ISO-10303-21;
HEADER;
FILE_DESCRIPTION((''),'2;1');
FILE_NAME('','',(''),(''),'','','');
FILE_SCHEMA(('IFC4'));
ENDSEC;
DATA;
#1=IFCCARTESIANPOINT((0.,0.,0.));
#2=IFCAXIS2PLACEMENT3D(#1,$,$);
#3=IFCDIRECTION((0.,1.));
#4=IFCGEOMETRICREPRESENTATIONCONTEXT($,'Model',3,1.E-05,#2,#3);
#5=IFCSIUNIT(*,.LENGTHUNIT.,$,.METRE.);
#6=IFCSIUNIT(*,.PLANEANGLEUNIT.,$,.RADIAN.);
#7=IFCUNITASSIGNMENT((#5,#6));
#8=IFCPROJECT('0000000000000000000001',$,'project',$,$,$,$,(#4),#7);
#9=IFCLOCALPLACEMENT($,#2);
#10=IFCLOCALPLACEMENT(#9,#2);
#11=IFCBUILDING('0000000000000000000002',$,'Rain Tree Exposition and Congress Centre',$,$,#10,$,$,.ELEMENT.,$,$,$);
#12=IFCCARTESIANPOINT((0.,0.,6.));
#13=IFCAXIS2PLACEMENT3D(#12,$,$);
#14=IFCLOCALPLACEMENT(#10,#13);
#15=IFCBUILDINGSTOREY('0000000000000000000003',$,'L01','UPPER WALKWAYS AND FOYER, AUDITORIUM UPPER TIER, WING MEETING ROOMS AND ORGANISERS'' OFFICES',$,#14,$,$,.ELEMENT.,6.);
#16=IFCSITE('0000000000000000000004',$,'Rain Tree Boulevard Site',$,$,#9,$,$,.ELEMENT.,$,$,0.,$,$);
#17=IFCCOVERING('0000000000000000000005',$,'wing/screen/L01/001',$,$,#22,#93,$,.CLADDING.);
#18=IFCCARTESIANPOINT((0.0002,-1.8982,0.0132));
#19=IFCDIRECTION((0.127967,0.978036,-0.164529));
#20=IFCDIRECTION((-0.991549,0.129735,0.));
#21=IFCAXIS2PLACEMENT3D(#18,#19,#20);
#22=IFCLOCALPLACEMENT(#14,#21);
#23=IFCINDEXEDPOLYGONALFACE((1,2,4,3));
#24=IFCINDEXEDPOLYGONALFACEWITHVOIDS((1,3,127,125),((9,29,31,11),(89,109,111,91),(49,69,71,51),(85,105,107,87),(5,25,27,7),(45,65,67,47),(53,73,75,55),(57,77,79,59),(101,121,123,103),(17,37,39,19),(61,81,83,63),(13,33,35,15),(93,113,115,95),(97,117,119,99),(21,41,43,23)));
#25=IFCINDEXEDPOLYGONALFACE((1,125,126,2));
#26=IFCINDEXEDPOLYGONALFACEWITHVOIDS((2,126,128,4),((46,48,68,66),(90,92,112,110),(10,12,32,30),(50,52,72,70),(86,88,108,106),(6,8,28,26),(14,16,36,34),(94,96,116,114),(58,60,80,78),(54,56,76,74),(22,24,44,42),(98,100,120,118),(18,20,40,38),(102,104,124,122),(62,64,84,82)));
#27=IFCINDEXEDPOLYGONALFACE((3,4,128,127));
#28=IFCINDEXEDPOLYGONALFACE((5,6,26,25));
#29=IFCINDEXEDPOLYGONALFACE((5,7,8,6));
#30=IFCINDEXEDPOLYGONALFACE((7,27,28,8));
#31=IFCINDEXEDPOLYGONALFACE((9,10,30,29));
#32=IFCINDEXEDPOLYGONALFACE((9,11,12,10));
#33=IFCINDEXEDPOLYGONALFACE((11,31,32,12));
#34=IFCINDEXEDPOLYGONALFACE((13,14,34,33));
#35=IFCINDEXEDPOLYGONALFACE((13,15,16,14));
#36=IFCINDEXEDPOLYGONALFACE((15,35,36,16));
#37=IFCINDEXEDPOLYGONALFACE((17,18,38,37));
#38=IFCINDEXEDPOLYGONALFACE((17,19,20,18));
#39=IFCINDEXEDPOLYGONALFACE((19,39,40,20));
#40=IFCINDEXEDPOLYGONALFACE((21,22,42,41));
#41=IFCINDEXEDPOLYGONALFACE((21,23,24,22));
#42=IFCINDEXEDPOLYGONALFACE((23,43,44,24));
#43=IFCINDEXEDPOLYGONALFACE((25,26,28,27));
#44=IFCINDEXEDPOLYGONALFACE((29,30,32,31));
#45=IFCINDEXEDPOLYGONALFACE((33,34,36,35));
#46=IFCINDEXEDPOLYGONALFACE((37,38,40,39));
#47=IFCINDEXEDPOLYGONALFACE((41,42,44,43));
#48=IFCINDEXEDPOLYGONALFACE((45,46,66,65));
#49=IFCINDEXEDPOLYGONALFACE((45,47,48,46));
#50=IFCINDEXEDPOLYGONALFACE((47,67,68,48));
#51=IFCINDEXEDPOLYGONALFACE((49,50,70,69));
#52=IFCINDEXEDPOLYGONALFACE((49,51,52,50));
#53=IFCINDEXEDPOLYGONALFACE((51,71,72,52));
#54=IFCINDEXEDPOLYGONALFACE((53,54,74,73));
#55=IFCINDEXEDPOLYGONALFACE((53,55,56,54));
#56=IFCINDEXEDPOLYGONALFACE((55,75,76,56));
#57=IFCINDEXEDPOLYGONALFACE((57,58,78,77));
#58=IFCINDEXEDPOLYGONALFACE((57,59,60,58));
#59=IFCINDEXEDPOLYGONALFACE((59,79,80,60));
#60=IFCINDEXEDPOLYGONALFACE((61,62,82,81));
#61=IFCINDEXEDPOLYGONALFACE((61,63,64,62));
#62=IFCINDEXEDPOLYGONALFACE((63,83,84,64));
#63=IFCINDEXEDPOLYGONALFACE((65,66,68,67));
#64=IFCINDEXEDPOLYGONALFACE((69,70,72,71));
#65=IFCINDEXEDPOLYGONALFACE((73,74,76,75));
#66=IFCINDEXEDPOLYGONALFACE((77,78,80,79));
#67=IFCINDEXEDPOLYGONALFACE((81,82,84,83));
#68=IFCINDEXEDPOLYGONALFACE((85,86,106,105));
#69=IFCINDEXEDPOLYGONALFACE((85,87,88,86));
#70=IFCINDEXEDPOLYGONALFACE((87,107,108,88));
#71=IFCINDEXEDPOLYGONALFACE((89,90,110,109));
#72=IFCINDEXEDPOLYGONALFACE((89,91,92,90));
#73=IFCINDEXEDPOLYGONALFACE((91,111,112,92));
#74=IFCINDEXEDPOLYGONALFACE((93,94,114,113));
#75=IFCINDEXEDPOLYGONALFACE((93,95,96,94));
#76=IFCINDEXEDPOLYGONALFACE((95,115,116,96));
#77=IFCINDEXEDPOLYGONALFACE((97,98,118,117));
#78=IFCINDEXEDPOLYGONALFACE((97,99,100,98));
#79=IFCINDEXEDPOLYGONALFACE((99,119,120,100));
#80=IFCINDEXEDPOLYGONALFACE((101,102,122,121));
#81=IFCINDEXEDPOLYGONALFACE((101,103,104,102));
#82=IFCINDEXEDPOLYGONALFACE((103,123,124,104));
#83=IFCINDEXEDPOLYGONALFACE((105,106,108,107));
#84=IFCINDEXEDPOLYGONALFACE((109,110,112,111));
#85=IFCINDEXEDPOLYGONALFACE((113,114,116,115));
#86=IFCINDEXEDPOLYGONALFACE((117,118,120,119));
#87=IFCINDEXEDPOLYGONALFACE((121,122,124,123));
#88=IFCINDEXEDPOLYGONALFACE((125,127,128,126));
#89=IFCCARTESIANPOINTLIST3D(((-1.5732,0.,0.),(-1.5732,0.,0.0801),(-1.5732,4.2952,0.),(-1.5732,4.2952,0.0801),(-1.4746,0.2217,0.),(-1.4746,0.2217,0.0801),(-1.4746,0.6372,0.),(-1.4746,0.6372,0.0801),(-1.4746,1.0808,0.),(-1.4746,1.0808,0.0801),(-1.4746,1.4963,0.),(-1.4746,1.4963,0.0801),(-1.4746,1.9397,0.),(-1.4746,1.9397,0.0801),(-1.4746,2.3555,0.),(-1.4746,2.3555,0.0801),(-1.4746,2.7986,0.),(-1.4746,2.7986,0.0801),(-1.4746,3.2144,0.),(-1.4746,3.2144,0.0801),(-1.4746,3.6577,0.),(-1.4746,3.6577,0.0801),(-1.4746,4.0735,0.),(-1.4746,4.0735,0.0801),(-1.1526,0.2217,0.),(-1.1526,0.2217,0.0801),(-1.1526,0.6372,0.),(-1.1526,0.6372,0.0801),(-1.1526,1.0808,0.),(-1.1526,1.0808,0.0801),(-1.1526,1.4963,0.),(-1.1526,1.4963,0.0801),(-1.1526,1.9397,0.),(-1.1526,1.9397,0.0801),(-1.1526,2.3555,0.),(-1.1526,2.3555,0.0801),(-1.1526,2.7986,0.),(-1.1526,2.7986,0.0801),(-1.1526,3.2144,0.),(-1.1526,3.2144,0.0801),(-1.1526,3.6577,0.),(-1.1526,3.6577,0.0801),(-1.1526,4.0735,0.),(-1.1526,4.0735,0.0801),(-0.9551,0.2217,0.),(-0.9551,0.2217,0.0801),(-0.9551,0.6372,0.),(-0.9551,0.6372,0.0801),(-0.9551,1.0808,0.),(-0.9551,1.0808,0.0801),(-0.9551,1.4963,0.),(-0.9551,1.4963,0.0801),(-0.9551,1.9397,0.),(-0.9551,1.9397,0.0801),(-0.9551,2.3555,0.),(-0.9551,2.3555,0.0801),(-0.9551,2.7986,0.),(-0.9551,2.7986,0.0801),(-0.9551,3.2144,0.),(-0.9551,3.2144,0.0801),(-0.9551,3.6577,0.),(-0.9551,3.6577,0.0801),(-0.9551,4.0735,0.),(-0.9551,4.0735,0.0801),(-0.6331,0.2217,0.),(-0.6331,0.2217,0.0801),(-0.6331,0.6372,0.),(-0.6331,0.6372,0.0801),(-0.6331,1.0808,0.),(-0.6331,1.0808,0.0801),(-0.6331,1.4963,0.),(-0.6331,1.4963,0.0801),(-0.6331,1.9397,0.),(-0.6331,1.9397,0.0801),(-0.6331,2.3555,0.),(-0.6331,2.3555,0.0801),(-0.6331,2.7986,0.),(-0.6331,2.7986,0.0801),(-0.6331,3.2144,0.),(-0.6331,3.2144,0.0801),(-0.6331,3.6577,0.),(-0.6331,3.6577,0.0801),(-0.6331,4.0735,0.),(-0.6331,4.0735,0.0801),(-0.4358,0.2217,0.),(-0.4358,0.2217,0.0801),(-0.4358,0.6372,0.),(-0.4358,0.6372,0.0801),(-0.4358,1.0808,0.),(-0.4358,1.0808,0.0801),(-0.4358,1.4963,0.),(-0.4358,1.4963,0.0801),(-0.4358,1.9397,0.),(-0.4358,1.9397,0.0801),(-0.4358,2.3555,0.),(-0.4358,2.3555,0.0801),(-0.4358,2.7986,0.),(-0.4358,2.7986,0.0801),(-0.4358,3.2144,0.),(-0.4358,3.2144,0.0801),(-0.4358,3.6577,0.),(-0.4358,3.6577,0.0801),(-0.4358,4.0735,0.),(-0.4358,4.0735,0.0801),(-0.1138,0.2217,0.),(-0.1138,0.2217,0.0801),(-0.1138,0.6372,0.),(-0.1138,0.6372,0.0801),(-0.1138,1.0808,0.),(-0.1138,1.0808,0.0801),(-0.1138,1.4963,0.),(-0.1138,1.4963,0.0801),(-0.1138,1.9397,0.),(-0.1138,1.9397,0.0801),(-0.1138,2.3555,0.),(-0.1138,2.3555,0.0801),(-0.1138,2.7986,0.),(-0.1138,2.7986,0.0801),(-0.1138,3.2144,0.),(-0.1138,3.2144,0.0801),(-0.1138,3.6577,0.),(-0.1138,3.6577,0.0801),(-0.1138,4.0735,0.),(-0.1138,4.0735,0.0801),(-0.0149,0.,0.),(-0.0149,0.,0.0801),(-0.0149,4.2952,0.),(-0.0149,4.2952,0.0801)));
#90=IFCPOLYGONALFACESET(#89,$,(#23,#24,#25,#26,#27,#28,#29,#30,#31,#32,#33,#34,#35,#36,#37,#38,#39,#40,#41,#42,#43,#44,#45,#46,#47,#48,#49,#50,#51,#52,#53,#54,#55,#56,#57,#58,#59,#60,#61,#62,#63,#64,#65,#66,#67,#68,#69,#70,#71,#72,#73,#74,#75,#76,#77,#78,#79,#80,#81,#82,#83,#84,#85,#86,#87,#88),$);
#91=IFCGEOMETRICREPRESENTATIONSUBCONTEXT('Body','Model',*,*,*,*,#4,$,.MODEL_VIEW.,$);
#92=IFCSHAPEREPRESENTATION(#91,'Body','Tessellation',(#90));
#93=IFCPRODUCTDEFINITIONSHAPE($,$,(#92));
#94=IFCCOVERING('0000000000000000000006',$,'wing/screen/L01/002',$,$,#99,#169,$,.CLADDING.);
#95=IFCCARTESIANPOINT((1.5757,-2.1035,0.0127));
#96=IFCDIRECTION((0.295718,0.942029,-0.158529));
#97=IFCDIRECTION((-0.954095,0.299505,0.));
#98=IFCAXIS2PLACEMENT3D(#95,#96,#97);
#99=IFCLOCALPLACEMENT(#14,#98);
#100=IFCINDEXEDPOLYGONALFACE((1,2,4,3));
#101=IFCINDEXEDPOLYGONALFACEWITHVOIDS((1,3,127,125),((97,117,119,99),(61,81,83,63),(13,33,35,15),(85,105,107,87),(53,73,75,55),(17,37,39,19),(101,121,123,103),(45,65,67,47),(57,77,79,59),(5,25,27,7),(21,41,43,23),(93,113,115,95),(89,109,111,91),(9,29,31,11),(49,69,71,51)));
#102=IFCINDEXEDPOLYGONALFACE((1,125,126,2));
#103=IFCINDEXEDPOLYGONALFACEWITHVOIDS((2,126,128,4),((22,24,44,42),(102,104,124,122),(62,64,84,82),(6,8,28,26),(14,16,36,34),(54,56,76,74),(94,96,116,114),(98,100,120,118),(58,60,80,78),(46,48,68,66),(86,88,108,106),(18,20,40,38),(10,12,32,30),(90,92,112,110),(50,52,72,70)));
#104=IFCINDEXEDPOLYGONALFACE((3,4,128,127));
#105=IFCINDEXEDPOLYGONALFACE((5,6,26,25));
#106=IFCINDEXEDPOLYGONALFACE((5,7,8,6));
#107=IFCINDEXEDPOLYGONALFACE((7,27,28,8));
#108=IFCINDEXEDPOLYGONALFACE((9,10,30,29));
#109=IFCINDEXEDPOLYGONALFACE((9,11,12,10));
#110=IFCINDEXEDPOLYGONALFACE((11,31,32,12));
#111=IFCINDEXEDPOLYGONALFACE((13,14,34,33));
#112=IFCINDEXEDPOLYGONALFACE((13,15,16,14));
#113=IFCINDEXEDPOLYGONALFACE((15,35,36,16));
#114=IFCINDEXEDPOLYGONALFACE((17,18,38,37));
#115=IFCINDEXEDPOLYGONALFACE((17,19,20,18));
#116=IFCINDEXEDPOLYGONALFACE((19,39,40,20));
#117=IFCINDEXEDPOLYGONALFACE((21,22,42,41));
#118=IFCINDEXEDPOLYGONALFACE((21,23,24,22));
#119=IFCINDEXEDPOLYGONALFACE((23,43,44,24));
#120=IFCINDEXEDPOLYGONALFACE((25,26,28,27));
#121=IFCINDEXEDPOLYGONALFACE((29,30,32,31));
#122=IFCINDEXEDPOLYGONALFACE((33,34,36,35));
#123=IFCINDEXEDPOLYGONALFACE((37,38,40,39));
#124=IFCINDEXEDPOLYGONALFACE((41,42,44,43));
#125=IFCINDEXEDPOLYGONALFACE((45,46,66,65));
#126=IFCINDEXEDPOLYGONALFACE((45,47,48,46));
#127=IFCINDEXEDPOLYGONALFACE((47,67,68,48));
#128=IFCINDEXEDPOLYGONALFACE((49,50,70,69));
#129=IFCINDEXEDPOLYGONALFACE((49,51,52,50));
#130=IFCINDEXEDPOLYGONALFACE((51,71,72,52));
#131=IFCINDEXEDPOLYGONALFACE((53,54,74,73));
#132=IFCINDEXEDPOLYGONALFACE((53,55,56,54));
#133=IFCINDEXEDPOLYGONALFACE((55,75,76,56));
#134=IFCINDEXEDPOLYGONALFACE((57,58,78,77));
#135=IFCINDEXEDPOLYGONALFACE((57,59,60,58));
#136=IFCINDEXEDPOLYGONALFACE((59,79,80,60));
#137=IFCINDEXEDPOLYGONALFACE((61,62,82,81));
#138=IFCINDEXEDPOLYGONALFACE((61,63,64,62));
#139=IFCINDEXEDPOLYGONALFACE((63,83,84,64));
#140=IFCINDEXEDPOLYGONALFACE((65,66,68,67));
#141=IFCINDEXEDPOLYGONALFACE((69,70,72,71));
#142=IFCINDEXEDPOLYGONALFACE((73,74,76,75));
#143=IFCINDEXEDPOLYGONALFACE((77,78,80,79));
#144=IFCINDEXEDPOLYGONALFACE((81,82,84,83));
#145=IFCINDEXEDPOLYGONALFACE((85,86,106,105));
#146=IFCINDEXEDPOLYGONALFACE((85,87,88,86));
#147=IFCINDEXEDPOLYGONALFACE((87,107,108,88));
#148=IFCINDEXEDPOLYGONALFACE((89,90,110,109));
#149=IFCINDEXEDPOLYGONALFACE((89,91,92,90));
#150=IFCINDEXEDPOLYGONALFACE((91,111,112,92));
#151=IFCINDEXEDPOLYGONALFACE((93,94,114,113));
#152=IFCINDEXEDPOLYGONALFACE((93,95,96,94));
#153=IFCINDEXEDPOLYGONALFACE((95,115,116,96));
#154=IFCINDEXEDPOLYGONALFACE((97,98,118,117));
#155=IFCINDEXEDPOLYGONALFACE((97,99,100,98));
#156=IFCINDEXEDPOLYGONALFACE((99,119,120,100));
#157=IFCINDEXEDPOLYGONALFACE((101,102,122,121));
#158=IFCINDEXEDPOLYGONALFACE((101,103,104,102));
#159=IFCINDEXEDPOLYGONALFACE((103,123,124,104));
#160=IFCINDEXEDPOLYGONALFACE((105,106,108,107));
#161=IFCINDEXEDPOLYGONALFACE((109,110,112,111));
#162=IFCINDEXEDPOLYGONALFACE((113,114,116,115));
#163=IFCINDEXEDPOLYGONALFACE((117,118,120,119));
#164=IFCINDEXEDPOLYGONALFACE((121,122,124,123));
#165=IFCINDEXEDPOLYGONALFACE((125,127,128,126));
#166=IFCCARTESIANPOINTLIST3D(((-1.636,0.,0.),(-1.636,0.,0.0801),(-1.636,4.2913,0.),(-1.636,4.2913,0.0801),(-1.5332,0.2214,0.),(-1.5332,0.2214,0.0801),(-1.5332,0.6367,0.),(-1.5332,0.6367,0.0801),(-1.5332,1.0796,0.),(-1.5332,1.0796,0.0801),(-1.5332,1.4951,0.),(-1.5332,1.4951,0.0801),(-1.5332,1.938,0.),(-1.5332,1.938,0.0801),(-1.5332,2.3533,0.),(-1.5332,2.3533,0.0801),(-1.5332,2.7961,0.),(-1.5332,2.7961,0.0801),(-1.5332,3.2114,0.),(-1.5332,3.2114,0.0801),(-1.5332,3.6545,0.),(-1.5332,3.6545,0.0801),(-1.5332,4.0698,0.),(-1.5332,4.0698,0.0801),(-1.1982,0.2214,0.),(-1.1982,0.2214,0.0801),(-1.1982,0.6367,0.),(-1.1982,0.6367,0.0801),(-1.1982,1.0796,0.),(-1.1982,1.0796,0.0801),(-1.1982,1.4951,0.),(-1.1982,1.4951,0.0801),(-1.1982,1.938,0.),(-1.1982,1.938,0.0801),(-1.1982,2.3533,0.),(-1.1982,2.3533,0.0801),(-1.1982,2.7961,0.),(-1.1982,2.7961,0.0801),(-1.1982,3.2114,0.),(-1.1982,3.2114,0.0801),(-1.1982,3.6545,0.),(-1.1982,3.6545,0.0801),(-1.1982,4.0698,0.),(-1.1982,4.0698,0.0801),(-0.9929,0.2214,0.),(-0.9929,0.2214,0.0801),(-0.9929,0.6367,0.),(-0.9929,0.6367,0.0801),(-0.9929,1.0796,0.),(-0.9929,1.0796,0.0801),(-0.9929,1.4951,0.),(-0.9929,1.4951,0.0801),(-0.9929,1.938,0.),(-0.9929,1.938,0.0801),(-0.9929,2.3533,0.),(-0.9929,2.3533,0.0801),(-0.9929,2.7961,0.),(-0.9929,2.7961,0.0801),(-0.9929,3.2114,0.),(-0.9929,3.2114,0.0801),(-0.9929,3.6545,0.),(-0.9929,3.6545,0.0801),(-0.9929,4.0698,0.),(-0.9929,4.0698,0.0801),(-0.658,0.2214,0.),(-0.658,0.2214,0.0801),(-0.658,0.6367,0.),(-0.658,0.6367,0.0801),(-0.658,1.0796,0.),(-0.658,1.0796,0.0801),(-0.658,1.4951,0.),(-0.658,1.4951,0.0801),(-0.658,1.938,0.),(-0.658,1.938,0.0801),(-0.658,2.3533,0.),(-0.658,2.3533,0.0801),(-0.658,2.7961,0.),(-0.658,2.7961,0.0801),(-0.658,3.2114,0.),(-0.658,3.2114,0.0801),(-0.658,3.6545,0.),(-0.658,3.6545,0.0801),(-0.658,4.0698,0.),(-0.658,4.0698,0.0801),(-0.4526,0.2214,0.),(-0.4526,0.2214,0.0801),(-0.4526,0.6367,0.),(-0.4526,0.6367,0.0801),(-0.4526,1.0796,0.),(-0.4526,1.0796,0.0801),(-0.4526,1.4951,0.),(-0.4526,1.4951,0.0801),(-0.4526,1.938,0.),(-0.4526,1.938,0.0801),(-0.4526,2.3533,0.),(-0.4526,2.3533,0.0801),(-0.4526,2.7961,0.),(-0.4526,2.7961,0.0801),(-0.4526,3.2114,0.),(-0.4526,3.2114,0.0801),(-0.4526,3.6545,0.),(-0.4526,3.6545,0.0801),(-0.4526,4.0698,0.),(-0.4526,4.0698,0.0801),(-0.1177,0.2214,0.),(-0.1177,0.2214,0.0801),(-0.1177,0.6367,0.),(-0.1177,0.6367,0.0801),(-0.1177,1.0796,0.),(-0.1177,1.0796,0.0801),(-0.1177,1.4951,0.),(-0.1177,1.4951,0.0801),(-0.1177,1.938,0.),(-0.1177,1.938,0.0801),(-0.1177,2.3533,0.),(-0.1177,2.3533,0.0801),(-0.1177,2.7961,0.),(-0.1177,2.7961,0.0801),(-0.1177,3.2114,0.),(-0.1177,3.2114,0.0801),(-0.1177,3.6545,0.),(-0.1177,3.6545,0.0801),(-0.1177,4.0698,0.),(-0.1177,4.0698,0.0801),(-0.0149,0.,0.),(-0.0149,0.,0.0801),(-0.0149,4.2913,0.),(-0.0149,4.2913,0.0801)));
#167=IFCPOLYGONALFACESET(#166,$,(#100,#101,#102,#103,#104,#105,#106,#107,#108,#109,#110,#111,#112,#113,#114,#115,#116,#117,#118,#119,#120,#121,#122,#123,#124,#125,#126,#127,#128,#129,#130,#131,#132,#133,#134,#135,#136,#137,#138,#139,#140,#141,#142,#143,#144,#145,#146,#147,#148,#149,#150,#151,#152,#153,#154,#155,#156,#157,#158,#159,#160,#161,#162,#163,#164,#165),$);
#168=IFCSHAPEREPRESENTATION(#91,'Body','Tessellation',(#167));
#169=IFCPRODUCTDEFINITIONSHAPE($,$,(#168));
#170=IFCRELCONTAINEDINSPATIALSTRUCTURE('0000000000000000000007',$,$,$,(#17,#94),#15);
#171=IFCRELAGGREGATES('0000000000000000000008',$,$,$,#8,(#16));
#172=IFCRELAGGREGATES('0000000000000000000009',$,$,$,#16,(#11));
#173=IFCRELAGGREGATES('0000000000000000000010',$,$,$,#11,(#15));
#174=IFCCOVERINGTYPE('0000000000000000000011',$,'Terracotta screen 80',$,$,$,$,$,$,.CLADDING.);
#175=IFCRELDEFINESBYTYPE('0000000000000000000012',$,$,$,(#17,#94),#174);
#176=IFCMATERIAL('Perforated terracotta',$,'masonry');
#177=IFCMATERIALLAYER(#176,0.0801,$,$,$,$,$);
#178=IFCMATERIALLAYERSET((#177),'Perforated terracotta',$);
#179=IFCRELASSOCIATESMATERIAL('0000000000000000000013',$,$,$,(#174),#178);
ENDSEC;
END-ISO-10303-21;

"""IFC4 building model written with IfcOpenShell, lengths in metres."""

from ifc_helpers import new_model, si_unit, direction, frame, origin, place, context, subcontext, project, spatial, polyline, outline, extrude, material, layer, layer_set, type_object, element, save


model = new_model("IFC4")

# Units and contexts
model_context = context("Model", 3, precision=1e-05, world=origin(), true_north=direction((0.0, 1.0)))
body_context = subcontext(model_context, "Body", "Model", "MODEL_VIEW")
ifc_project = project(units=[si_unit("LENGTHUNIT", "METRE"), si_unit("PLANEANGLEUNIT", "RADIAN")], contexts=[model_context])

# Site, building, storey
site_placement = place(None, origin())
site = spatial("IfcSite", under=ifc_project, at=site_placement, Name="Rain Tree Boulevard Site", CompositionType="ELEMENT", RefElevation=0.0)
building_placement = place(site_placement, origin())
building = spatial("IfcBuilding", under=site, at=building_placement, Name="Rain Tree Exposition and Congress Centre", CompositionType="ELEMENT")
storey_placement = place(building_placement, frame((0.0, 0.0, 6.0)))
storey = spatial("IfcBuildingStorey", under=building, at=storey_placement, Name="L01", Description="UPPER WALKWAYS AND FOYER, AUDITORIUM UPPER TIER, WING MEETING ROOMS AND ORGANISERS' OFFICES", CompositionType="ELEMENT", Elevation=6.0)

# Coverings
ifc_material_1 = material(Name="Perforated terracotta", Category="masonry")
ifc_layer_1 = layer(ifc_material_1, 0.0801)
ifc_layer_set_1 = layer_set([ifc_layer_1], Name="Perforated terracotta")
covering_type = type_object("IfcCoveringType", Name="Terracotta screen 80", PredefinedType="CLADDING", material=ifc_layer_set_1)
covering_1_placement = place(storey_placement, frame((0.0002, -1.8982, 0.0132), z_axis=(0.127967, 0.978036, -0.164529), x_axis=(-0.991549, 0.129735, 0.0)))
element("IfcCovering", 1, at=covering_1_placement, inside=storey, type_object=covering_type, Name="wing/screen/L01/001", PredefinedType="CLADDING", context=body_context, shape_type="SweptSolid", body=[
    extrude(outline(polyline([(-1.5732, 0.0), (-1.5732, 4.2952), (-0.0149, 4.2952), (-0.0149, 0.0), (-1.5732, 0.0)]), holes=[polyline([(-0.1138, 0.2217), (-0.1138, 0.6372), (-0.4358, 0.6372), (-0.4358, 0.2217), (-0.1138, 0.2217)]), polyline([(-0.1138, 1.0808), (-0.1138, 1.4963), (-0.4358, 1.4963), (-0.4358, 1.0808), (-0.1138, 1.0808)]), polyline([(-0.1138, 1.9397), (-0.1138, 2.3555), (-0.4358, 2.3555), (-0.4358, 1.9397), (-0.1138, 1.9397)]), polyline([(-0.1138, 2.7986), (-0.1138, 3.2144), (-0.4358, 3.2144), (-0.4358, 2.7986), (-0.1138, 2.7986)]), polyline([(-0.1138, 3.6577), (-0.1138, 4.0735), (-0.4358, 4.0735), (-0.4358, 3.6577), (-0.1138, 3.6577)]), polyline([(-0.6331, 0.2217), (-0.6331, 0.6372), (-0.9551, 0.6372), (-0.9551, 0.2217), (-0.6331, 0.2217)]), polyline([(-0.6331, 1.0808), (-0.6331, 1.4963), (-0.9551, 1.4963), (-0.9551, 1.0808), (-0.6331, 1.0808)]), polyline([(-0.6331, 1.9397), (-0.6331, 2.3555), (-0.9551, 2.3555), (-0.9551, 1.9397), (-0.6331, 1.9397)]), polyline([(-0.6331, 2.7986), (-0.6331, 3.2144), (-0.9551, 3.2144), (-0.9551, 2.7986), (-0.6331, 2.7986)]), polyline([(-0.6331, 3.6577), (-0.6331, 4.0735), (-0.9551, 4.0735), (-0.9551, 3.6577), (-0.6331, 3.6577)]), polyline([(-1.1526, 0.2217), (-1.1526, 0.6372), (-1.4746, 0.6372), (-1.4746, 0.2217), (-1.1526, 0.2217)]), polyline([(-1.1526, 1.0808), (-1.1526, 1.4963), (-1.4746, 1.4963), (-1.4746, 1.0808), (-1.1526, 1.0808)]), polyline([(-1.1526, 1.9397), (-1.1526, 2.3555), (-1.4746, 2.3555), (-1.4746, 1.9397), (-1.1526, 1.9397)]), polyline([(-1.1526, 2.7986), (-1.1526, 3.2144), (-1.4746, 3.2144), (-1.4746, 2.7986), (-1.1526, 2.7986)]), polyline([(-1.1526, 3.6577), (-1.1526, 4.0735), (-1.4746, 4.0735), (-1.4746, 3.6577), (-1.1526, 3.6577)])]), origin(), (0.0, 0.0, 1.0), 0.0801),
])
covering_2_placement = place(storey_placement, frame((1.5757, -2.1035, 0.0127), z_axis=(0.295718, 0.942029, -0.158529), x_axis=(-0.954095, 0.299505, 0.0)))
element("IfcCovering", 2, at=covering_2_placement, inside=storey, type_object=covering_type, Name="wing/screen/L01/002", PredefinedType="CLADDING", context=body_context, shape_type="SweptSolid", body=[
    extrude(outline(polyline([(-1.636, 0.0), (-1.636, 4.2913), (-0.0149, 4.2913), (-0.0149, 0.0), (-1.636, 0.0)]), holes=[polyline([(-0.1177, 0.2214), (-0.1177, 0.6367), (-0.4526, 0.6367), (-0.4526, 0.2214), (-0.1177, 0.2214)]), polyline([(-0.1177, 1.0796), (-0.1177, 1.4951), (-0.4526, 1.4951), (-0.4526, 1.0796), (-0.1177, 1.0796)]), polyline([(-0.1177, 1.938), (-0.1177, 2.3533), (-0.4526, 2.3533), (-0.4526, 1.938), (-0.1177, 1.938)]), polyline([(-0.1177, 2.7961), (-0.1177, 3.2114), (-0.4526, 3.2114), (-0.4526, 2.7961), (-0.1177, 2.7961)]), polyline([(-0.1177, 3.6545), (-0.1177, 4.0698), (-0.4526, 4.0698), (-0.4526, 3.6545), (-0.1177, 3.6545)]), polyline([(-0.658, 0.2214), (-0.658, 0.6367), (-0.9929, 0.6367), (-0.9929, 0.2214), (-0.658, 0.2214)]), polyline([(-0.658, 1.0796), (-0.658, 1.4951), (-0.9929, 1.4951), (-0.9929, 1.0796), (-0.658, 1.0796)]), polyline([(-0.658, 1.938), (-0.658, 2.3533), (-0.9929, 2.3533), (-0.9929, 1.938), (-0.658, 1.938)]), polyline([(-0.658, 2.7961), (-0.658, 3.2114), (-0.9929, 3.2114), (-0.9929, 2.7961), (-0.658, 2.7961)]), polyline([(-0.658, 3.6545), (-0.658, 4.0698), (-0.9929, 4.0698), (-0.9929, 3.6545), (-0.658, 3.6545)]), polyline([(-1.1982, 0.2214), (-1.1982, 0.6367), (-1.5332, 0.6367), (-1.5332, 0.2214), (-1.1982, 0.2214)]), polyline([(-1.1982, 1.0796), (-1.1982, 1.4951), (-1.5332, 1.4951), (-1.5332, 1.0796), (-1.1982, 1.0796)]), polyline([(-1.1982, 1.938), (-1.1982, 2.3533), (-1.5332, 2.3533), (-1.5332, 1.938), (-1.1982, 1.938)]), polyline([(-1.1982, 2.7961), (-1.1982, 3.2114), (-1.5332, 3.2114), (-1.5332, 2.7961), (-1.1982, 2.7961)]), polyline([(-1.1982, 3.6545), (-1.1982, 4.0698), (-1.5332, 4.0698), (-1.5332, 3.6545), (-1.1982, 3.6545)])]), origin(), (0.0, 0.0, 1.0), 0.0801),
])

save(model, "model.ifc")
